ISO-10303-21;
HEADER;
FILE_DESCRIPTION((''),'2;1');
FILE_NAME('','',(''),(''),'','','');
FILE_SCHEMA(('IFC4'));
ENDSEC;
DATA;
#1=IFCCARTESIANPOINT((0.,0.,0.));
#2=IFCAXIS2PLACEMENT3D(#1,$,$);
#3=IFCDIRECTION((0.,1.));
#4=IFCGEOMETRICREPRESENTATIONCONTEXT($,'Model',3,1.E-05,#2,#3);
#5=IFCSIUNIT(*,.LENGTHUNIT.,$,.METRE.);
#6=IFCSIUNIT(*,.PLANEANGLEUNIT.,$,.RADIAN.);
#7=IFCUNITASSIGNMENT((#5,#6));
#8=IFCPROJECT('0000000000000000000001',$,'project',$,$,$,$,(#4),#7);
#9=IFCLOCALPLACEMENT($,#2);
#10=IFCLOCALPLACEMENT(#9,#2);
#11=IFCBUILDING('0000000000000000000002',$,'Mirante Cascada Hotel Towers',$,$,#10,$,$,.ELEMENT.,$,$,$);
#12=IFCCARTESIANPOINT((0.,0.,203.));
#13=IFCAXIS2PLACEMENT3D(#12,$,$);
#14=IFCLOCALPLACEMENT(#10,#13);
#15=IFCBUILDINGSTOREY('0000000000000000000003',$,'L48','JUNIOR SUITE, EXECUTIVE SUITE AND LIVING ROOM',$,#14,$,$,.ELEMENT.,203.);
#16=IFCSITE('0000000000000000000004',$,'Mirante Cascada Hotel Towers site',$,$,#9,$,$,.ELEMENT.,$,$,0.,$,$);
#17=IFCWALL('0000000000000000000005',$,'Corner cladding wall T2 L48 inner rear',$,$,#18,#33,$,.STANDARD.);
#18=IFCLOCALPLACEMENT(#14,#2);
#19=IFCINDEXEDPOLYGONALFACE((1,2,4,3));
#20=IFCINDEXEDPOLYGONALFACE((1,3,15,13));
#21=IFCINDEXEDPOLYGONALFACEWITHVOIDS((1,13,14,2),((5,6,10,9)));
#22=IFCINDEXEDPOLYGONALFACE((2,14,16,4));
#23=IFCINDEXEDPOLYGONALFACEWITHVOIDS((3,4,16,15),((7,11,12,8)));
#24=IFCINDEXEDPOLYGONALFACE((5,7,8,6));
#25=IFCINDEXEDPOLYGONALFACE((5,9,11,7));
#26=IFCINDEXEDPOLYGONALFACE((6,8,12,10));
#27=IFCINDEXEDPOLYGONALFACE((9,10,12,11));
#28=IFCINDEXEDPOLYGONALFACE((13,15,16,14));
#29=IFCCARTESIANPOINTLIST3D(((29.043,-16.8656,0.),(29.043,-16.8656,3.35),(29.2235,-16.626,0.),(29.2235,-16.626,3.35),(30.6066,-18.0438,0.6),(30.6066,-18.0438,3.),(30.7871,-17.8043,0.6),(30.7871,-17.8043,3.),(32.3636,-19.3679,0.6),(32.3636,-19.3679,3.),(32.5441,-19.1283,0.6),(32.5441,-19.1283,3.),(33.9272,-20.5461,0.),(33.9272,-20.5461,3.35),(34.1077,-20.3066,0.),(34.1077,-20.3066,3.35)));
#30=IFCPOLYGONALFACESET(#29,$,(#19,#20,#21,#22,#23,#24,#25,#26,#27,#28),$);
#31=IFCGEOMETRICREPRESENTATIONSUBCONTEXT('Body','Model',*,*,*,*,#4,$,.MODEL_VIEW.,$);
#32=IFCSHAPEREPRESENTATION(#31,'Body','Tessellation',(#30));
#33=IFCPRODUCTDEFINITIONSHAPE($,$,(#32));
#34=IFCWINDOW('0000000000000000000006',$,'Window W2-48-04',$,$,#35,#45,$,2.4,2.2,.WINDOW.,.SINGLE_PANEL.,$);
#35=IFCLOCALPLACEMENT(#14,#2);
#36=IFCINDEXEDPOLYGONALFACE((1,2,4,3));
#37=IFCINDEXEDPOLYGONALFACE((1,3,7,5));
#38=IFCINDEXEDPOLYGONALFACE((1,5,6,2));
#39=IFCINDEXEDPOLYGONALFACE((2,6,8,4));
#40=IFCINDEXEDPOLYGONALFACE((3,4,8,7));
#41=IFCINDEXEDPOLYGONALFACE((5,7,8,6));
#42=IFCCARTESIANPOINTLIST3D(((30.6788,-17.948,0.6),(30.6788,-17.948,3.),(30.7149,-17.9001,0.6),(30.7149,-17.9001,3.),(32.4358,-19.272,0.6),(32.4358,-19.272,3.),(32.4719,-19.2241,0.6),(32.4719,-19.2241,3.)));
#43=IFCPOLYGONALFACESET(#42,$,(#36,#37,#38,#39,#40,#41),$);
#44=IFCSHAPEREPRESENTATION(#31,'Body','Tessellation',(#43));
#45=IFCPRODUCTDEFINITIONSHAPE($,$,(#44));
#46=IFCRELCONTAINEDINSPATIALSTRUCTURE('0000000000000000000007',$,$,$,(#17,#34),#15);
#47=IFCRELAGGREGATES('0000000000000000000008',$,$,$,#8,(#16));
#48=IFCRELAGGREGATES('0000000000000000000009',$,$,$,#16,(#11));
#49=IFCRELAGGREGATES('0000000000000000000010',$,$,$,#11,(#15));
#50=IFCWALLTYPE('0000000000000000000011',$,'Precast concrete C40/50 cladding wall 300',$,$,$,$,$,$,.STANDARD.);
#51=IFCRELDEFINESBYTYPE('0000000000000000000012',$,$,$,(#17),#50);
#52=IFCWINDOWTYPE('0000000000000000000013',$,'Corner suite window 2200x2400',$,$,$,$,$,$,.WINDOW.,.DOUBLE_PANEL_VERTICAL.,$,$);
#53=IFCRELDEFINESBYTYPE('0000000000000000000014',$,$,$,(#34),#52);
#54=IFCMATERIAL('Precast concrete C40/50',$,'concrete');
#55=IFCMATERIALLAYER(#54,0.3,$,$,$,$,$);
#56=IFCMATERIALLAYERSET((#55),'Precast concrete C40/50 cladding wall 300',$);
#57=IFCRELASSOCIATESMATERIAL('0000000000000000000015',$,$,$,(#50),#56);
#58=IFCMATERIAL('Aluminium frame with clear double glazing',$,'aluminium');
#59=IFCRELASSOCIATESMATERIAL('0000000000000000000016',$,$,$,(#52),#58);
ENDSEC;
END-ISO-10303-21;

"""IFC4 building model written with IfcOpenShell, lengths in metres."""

from ifc_helpers import new_model, si_unit, direction, frame, frame_2d, origin, place, context, subcontext, project, spatial, rectangle, extrude, material, layer, layer_set, type_object, element, fill, save


model = new_model("IFC4")

# Units and contexts
model_context = context("Model", 3, precision=1e-05, world=origin(), true_north=direction((0.0, 1.0)))
body_context = subcontext(model_context, "Body", "Model", "MODEL_VIEW")
ifc_project = project(units=[si_unit("LENGTHUNIT", "METRE"), si_unit("PLANEANGLEUNIT", "RADIAN")], contexts=[model_context])

# Site, building, storey
site_placement = place(None, origin())
site = spatial("IfcSite", under=ifc_project, at=site_placement, Name="Mirante Cascada Hotel Towers site", CompositionType="ELEMENT", RefElevation=0.0)
building_placement = place(site_placement, origin())
building = spatial("IfcBuilding", under=site, at=building_placement, Name="Mirante Cascada Hotel Towers", CompositionType="ELEMENT")
storey_placement = place(building_placement, frame((0.0, 0.0, 203.0)))
storey = spatial("IfcBuildingStorey", under=building, at=storey_placement, Name="L48", Description="JUNIOR SUITE, EXECUTIVE SUITE AND LIVING ROOM", CompositionType="ELEMENT", Elevation=203.0)

# Wall, opening, window
ifc_material_1 = material(Name="Precast concrete C40/50", Category="concrete")
ifc_layer_1 = layer(ifc_material_1, 0.3)
ifc_layer_set_1 = layer_set([ifc_layer_1], Name="Precast concrete C40/50 cladding wall 300")
wall_type_1 = type_object("IfcWallType", Name="Precast concrete C40/50 cladding wall 300", PredefinedType="STANDARD", material=ifc_layer_set_1)
ifc_material_2 = material(Name="Aluminium frame with clear double glazing", Category="aluminium")
window_type = type_object("IfcWindowType", Name="Corner suite window 2200x2400", PartitioningType="DOUBLE_PANEL_VERTICAL", PredefinedType="WINDOW", material=ifc_material_2)
wall_1_placement = place(storey_placement, frame((29.1333, -16.7458, 0.0), z_axis=(0.0, 0.0, 1.0), x_axis=(0.798628, -0.601824, 0.0)))
wall_1 = element("IfcWall", 1, at=wall_1_placement, inside=storey, type_object=wall_type_1, Name="Corner cladding wall T2 L48 inner rear", PredefinedType="STANDARD", context=body_context, shape_type="SweptSolid", body=[
    extrude(rectangle(XDim=6.1157, YDim=0.3, at=frame_2d((3.0578, 0.0))), origin(), (0.0, 0.0, 1.0), 3.35),
])
opening_1_placement = place(wall_1_placement, frame((1.9578, 0.0, 0.6)))
opening_1 = element("IfcOpeningElement", 2, at=opening_1_placement, cuts=wall_1, PredefinedType="OPENING", context=body_context, shape_type="SweptSolid", body=[
    extrude(rectangle(XDim=2.2, YDim=2.4, at=frame_2d((1.1, 1.2))), frame((0.0, 0.15, 0.0), z_axis=(0.0, -1.0, 0.0), x_axis=(1.0, 0.0, 0.0)), (0.0, 0.0, 1.0), 0.3),
])
window_1_placement = place(opening_1_placement, origin())
window_1 = element("IfcWindow", 3, at=window_1_placement, inside=storey, type_object=window_type, Name="Window W2-48-04", OverallHeight=2.4, OverallWidth=2.2, PartitioningType="SINGLE_PANEL", PredefinedType="WINDOW", context=body_context, shape_type="SweptSolid", body=[
    extrude(rectangle(XDim=2.2, YDim=2.4, at=frame_2d((1.1, 1.2))), frame((0.0, 0.03, 0.0), z_axis=(0.0, -1.0, 0.0), x_axis=(1.0, 0.0, 0.0)), (0.0, 0.0, 1.0), 0.06),
])
fill(opening_1, window_1)

save(model, "model.ifc")
